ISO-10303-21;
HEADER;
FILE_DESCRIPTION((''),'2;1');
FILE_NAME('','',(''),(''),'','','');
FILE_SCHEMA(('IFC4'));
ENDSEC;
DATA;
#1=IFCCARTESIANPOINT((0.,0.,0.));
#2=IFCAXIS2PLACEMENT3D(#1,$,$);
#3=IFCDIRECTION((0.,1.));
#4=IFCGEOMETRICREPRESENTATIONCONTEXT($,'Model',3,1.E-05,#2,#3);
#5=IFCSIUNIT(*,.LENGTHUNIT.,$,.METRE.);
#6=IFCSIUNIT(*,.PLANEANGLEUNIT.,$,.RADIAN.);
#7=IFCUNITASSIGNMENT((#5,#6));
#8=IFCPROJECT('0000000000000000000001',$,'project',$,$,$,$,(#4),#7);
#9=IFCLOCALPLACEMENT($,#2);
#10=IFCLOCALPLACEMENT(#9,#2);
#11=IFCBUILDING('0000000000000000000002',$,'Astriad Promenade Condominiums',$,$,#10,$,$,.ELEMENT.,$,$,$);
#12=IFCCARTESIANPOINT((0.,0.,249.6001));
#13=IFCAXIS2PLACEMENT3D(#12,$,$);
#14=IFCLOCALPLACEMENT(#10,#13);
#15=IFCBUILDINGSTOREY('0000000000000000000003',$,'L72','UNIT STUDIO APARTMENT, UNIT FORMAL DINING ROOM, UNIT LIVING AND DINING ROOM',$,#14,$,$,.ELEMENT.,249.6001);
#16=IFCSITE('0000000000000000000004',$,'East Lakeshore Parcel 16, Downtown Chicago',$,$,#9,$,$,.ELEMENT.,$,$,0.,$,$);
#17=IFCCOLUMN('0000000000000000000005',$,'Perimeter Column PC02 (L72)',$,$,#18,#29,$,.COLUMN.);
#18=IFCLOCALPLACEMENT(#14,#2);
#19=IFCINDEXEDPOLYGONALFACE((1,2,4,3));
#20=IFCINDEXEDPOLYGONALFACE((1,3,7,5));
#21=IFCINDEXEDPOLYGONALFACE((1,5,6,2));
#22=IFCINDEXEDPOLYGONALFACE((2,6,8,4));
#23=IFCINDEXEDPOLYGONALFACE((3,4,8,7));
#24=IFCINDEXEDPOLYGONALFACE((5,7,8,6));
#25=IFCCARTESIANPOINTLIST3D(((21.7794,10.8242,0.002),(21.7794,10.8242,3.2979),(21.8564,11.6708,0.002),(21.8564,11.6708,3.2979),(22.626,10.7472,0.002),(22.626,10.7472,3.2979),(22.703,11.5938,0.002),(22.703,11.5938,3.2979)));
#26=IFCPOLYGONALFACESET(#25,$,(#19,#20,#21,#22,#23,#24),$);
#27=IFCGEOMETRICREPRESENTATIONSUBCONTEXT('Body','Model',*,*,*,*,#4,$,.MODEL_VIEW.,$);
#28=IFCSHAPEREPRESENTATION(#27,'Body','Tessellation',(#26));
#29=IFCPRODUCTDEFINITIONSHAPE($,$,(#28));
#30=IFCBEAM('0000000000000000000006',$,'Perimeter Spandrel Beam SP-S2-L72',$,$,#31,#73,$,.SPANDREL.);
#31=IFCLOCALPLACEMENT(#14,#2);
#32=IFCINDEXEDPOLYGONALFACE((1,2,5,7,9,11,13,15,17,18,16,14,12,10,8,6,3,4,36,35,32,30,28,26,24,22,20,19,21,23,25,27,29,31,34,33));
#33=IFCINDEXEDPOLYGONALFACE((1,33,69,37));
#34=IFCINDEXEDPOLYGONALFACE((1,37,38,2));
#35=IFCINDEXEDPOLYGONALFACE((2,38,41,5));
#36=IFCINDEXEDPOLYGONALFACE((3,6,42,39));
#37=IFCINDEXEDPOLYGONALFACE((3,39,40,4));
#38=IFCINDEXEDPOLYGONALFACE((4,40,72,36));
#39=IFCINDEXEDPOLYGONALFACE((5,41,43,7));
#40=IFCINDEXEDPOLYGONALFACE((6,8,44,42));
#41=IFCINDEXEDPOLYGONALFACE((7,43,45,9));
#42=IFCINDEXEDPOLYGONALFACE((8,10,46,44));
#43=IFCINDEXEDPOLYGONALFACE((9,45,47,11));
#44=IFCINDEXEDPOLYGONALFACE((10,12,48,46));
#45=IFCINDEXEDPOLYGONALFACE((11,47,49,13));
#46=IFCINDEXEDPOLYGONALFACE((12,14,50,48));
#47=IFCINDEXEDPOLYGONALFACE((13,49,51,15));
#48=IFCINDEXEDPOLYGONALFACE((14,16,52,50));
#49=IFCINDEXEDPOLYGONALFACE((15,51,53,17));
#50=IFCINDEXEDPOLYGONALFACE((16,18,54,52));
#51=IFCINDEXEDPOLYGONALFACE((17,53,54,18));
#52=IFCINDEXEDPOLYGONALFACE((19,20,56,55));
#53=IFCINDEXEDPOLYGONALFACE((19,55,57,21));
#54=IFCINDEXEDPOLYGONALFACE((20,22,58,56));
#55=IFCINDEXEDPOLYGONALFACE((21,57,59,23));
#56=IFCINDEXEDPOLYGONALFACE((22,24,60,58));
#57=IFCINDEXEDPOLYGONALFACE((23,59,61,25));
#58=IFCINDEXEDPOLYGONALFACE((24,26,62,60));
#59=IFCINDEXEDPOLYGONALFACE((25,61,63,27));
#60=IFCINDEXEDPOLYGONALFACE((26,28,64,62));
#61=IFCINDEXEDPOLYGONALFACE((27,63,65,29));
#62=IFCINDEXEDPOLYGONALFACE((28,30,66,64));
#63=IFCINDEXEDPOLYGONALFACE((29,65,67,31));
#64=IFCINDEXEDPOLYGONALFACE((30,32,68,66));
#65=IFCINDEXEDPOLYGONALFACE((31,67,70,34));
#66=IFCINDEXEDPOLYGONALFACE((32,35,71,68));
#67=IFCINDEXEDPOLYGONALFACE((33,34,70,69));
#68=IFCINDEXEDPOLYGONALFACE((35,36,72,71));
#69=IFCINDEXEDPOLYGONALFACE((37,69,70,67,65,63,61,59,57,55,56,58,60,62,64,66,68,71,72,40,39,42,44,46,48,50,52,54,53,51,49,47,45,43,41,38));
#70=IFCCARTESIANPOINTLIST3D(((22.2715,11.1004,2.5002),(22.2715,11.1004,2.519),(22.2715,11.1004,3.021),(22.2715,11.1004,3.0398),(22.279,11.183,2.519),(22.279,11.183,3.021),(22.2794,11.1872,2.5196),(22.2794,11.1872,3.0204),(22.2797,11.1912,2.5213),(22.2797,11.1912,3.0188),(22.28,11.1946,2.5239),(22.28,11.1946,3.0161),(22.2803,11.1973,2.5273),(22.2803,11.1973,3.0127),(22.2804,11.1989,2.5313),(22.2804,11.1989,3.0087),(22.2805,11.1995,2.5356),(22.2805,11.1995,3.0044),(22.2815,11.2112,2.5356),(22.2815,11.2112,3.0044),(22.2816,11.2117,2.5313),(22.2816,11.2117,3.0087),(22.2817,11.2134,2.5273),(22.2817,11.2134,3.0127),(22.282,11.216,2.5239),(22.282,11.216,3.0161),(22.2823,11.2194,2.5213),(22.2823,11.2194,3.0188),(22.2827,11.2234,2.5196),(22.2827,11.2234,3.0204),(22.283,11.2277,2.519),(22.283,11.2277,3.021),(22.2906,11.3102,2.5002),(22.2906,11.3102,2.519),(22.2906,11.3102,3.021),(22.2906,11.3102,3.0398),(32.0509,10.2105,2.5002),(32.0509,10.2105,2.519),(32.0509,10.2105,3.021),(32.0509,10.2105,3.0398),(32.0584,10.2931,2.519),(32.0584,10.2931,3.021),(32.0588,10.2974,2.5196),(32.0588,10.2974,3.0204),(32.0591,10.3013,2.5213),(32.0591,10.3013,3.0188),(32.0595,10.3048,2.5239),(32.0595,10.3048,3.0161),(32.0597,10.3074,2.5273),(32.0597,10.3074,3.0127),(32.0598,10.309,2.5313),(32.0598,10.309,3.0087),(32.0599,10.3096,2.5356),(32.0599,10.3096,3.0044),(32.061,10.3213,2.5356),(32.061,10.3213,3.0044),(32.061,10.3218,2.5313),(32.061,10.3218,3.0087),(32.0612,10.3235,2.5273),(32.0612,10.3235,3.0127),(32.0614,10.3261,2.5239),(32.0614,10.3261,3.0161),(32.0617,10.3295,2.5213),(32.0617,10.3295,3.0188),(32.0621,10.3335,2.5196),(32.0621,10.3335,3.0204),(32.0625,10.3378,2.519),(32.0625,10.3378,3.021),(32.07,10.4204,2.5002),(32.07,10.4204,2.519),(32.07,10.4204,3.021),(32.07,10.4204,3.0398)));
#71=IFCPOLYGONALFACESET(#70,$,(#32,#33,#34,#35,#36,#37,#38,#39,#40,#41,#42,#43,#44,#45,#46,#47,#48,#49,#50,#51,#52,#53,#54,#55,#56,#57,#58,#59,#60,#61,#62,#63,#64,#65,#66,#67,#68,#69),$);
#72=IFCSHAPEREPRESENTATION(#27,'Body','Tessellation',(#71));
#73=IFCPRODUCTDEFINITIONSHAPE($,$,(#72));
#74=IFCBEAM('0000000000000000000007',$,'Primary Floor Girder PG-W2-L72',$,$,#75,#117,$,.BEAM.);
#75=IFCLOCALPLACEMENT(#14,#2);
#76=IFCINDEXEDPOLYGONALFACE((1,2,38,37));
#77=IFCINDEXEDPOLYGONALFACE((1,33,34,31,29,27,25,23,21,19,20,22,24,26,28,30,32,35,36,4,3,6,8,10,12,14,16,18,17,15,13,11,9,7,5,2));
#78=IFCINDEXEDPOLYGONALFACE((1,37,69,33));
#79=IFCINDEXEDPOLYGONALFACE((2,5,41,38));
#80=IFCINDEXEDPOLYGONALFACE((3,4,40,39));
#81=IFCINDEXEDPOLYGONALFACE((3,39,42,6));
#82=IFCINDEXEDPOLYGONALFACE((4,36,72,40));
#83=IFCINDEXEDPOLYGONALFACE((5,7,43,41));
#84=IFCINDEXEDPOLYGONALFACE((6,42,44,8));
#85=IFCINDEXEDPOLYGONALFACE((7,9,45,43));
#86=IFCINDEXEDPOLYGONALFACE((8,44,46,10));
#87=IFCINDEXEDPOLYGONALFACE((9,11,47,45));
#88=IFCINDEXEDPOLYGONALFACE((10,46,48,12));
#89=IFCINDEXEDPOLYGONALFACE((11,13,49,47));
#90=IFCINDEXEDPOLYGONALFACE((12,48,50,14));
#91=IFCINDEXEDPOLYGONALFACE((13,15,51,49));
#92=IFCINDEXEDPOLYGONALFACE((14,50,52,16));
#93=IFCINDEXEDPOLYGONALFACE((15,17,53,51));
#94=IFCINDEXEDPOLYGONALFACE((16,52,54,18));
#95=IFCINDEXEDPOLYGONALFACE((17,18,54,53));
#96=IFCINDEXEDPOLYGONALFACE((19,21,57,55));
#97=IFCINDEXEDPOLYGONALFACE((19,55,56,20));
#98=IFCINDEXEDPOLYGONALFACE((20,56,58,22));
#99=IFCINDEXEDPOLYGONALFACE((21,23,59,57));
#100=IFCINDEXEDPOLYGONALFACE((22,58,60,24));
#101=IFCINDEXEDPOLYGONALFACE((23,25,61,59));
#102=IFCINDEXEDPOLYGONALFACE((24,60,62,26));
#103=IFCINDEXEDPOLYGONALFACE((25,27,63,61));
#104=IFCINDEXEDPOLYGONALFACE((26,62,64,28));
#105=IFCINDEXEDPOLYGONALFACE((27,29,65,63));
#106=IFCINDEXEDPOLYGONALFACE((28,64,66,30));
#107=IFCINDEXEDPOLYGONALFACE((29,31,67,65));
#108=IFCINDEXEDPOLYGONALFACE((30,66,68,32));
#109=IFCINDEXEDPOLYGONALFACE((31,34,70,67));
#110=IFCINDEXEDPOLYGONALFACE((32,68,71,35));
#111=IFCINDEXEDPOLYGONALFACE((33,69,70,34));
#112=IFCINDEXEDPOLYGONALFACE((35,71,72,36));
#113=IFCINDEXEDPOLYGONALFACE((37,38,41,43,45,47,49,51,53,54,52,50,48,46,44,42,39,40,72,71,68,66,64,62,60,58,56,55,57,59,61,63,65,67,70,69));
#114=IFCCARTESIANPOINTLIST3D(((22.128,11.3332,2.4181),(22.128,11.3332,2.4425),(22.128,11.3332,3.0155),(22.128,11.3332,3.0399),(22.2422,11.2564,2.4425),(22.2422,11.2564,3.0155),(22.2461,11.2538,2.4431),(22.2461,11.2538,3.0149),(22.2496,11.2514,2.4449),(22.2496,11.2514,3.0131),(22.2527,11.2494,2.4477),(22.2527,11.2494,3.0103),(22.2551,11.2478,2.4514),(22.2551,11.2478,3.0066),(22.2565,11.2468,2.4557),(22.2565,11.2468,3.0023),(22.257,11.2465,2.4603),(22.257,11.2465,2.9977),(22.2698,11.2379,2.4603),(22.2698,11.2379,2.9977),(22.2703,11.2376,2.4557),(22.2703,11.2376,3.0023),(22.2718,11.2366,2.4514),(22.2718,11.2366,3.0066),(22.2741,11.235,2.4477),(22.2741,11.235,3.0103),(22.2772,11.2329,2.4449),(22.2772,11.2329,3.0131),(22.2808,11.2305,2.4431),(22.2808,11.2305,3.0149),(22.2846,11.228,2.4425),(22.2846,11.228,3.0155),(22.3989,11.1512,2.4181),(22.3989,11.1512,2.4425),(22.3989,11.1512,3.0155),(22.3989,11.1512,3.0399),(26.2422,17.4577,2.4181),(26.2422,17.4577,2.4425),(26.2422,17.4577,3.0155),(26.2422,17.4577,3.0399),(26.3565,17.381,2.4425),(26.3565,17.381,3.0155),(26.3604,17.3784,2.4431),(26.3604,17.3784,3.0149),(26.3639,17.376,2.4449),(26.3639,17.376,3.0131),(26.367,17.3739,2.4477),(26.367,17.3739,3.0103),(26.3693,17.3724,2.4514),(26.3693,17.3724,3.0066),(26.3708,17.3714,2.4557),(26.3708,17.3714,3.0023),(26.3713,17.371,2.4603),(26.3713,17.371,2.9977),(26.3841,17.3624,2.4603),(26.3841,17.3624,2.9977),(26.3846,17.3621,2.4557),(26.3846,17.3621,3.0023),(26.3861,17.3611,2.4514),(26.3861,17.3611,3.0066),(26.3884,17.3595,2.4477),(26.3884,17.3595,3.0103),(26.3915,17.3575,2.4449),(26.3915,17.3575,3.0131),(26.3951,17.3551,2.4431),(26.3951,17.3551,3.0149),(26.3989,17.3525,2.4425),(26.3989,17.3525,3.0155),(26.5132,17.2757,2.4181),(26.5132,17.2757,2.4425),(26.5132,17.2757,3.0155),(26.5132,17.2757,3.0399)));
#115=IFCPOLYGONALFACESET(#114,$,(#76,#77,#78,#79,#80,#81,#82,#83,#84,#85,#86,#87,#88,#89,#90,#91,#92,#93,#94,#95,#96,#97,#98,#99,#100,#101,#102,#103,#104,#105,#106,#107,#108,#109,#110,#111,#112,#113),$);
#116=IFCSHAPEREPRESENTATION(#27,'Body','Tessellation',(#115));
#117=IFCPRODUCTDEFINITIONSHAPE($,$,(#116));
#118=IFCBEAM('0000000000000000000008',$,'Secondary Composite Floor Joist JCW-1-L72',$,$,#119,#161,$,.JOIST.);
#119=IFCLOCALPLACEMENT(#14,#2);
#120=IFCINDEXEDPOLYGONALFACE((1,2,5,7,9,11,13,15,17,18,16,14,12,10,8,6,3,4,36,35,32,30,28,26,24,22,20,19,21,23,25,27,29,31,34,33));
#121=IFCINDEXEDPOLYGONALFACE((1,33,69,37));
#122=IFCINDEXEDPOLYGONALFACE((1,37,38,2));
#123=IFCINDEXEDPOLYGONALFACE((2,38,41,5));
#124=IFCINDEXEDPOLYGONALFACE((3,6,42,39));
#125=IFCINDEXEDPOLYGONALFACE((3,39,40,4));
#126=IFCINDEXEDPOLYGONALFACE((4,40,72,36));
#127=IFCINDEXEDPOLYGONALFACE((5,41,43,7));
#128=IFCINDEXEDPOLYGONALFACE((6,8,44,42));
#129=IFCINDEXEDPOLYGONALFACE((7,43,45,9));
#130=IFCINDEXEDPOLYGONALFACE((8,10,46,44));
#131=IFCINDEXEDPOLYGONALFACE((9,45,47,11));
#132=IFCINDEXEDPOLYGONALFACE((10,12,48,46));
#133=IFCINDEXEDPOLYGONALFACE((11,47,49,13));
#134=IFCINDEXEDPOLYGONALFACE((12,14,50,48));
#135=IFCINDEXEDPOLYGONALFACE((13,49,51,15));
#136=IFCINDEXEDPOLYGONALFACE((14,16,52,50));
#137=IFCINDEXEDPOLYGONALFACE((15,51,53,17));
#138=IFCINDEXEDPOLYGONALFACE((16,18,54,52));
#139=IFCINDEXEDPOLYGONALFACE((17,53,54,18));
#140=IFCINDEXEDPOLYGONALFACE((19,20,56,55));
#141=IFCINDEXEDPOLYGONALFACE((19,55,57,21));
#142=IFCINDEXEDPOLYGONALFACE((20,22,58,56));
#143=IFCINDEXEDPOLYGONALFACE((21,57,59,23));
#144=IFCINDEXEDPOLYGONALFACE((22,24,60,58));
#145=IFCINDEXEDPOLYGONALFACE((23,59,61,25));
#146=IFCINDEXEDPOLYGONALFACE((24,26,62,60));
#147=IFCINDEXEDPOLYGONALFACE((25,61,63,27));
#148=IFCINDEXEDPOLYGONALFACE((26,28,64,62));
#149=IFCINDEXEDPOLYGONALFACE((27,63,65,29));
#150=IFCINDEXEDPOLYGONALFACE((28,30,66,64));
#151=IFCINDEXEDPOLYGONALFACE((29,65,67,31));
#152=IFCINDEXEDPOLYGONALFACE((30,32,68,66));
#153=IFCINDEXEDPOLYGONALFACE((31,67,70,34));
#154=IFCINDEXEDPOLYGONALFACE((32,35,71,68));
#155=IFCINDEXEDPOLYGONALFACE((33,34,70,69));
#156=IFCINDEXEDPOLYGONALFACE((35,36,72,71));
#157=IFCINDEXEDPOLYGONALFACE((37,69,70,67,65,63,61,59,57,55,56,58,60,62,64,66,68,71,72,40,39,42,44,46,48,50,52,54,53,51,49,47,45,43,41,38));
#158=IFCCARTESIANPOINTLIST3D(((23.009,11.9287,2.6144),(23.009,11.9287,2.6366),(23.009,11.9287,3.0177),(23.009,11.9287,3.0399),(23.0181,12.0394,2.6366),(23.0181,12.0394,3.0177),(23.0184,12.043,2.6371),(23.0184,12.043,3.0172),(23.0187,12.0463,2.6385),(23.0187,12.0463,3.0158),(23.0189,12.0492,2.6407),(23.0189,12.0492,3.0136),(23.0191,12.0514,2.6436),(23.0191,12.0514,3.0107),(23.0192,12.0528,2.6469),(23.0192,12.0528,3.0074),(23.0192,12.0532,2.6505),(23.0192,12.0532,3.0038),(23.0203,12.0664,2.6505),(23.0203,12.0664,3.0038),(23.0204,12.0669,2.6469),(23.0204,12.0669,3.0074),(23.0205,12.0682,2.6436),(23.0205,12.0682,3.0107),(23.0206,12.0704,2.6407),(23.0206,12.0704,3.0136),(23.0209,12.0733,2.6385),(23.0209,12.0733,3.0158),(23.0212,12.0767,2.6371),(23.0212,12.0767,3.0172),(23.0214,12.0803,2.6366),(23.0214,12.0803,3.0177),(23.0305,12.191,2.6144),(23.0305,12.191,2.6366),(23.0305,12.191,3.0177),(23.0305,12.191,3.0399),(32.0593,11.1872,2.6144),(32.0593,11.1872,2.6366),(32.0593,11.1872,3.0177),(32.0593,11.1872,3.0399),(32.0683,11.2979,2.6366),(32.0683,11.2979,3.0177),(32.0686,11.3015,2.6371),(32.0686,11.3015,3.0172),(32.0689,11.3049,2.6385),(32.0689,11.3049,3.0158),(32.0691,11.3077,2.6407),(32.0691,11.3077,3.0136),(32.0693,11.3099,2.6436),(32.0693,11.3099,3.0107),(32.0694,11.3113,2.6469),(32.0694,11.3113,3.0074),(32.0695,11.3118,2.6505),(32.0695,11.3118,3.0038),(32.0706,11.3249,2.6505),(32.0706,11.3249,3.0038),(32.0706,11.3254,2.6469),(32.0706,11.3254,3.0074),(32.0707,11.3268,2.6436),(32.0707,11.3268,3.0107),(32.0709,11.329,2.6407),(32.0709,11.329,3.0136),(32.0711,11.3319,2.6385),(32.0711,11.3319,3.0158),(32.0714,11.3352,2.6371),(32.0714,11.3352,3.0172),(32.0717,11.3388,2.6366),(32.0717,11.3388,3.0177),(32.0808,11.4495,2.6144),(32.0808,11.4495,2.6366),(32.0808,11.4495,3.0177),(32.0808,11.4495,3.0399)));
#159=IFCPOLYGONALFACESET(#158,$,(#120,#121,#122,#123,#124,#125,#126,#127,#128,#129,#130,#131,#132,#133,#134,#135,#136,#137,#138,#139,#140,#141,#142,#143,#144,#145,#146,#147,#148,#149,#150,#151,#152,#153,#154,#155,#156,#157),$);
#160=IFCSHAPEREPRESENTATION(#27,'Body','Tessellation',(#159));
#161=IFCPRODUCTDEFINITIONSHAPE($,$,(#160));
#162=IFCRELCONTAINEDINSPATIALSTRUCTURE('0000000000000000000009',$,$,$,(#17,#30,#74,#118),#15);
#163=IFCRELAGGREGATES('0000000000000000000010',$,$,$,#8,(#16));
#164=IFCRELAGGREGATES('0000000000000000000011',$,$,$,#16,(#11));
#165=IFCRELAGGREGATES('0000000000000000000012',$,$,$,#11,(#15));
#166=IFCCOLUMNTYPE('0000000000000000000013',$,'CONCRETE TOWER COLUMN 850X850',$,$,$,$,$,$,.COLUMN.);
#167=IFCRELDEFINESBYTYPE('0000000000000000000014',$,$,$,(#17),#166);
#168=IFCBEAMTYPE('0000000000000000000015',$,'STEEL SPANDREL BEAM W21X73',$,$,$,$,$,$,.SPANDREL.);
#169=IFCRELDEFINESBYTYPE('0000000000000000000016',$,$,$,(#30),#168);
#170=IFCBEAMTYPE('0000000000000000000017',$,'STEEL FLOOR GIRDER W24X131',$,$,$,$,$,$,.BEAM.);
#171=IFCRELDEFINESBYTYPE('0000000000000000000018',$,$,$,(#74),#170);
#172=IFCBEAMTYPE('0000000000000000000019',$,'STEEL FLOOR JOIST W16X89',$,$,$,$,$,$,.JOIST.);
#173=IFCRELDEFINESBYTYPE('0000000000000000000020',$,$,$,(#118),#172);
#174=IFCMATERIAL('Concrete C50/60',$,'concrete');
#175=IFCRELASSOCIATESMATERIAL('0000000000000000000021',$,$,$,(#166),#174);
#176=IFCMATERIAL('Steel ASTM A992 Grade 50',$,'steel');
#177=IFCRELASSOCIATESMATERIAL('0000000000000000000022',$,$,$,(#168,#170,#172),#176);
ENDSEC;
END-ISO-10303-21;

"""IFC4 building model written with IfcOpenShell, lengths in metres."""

from ifc_helpers import new_model, si_unit, direction, frame, origin, origin_2d, place, context, subcontext, project, spatial, rectangle, i_section, extrude, source, transform, mapped, material, material_profile, profile_set, type_object, type_shapes, element, save


model = new_model("IFC4")

# Units and contexts
model_context = context("Model", 3, precision=1e-05, world=origin(), true_north=direction((0.0, 1.0)))
body_context = subcontext(model_context, "Body", "Model", "MODEL_VIEW")
ifc_project = project(units=[si_unit("LENGTHUNIT", "METRE"), si_unit("PLANEANGLEUNIT", "RADIAN")], contexts=[model_context])

# Site, building, storey
site_placement = place(None, origin())
site = spatial("IfcSite", under=ifc_project, at=site_placement, Name="East Lakeshore Parcel 16, Downtown Chicago", CompositionType="ELEMENT", RefElevation=0.0)
building_placement = place(site_placement, origin())
building = spatial("IfcBuilding", under=site, at=building_placement, Name="Astriad Promenade Condominiums", CompositionType="ELEMENT")
storey_placement = place(building_placement, frame((0.0, 0.0, 249.6001)))
storey = spatial("IfcBuildingStorey", under=building, at=storey_placement, Name="L72", Description="UNIT STUDIO APARTMENT, UNIT FORMAL DINING ROOM, UNIT LIVING AND DINING ROOM", CompositionType="ELEMENT", Elevation=249.6001)

# Column
ifc_material_1 = material(Name="Concrete C50/60", Category="concrete")
ifc_material_profile_1 = material_profile(ifc_material_1, rectangle(XDim=0.8501, YDim=0.8501, at=origin_2d()), Name="RC-COL-850X850")
ifc_profile_set_1 = profile_set([ifc_material_profile_1], Name="Concrete C50/60")
column_type = type_object("IfcColumnType", Name="CONCRETE TOWER COLUMN 850X850", PredefinedType="COLUMN", material=ifc_profile_set_1)
shared_shape_1 = source(origin(), body_context, "Body", "SweptSolid", [
    extrude(rectangle(XDim=0.8501, YDim=0.8501, at=origin_2d()), origin(), (0.0, 0.0, 1.0), 3.2959),
])
type_shapes(column_type, [shared_shape_1])
column_placement = place(storey_placement, frame((22.2412, 11.209, 0.002), z_axis=(0.0, 0.0, 1.0), x_axis=(0.995884, -0.090633, 0.0)))
element("IfcColumn", 1, at=column_placement, inside=storey, type_object=column_type, Name="Perimeter Column PC02 (L72)", PredefinedType="COLUMN", context=body_context, shape_type="MappedRepresentation", body=[
    mapped(shared_shape_1, transform((0.0, 0.0, 0.0), scale=1.0)),
])

# Beams
ifc_material_2 = material(Name="Steel ASTM A992 Grade 50", Category="steel")
ifc_material_profile_2 = material_profile(ifc_material_2, i_section(OverallWidth=0.2107, OverallDepth=0.5396, WebThickness=0.0117, FlangeThickness=0.0188, FilletRadius=0.0166, at=origin_2d()), Name="W21X73")
ifc_profile_set_2 = profile_set([ifc_material_profile_2], Name="Steel ASTM A992 Grade 50")
beam_type_1 = type_object("IfcBeamType", Name="STEEL SPANDREL BEAM W21X73", PredefinedType="SPANDREL", material=ifc_profile_set_2)
shared_shape_2 = source(origin(), body_context, "Body", "SweptSolid", [
    extrude(i_section(OverallWidth=0.2107, OverallDepth=0.5396, WebThickness=0.0117, FlangeThickness=0.0188, FilletRadius=0.0166, at=origin_2d()), origin(), (0.0, 0.0, 1.0), 9.8198),
])
type_shapes(beam_type_1, [shared_shape_2])
beam_1_placement = place(storey_placement, frame((22.281, 11.2053, 2.77), z_axis=(0.995885, -0.090621, 0.0), x_axis=(0.090621, 0.995885, 0.0)))
element("IfcBeam", 2, at=beam_1_placement, inside=storey, type_object=beam_type_1, Name="Perimeter Spandrel Beam SP-S2-L72", PredefinedType="SPANDREL", context=body_context, shape_type="MappedRepresentation", body=[
    mapped(shared_shape_2, transform((0.0, 0.0, 0.0), scale=1.0)),
])
ifc_material_profile_3 = material_profile(ifc_material_2, i_section(OverallWidth=0.3264, OverallDepth=0.6218, WebThickness=0.0154, FlangeThickness=0.0244, FilletRadius=0.0178, at=origin_2d()), Name="W24X131")
ifc_profile_set_3 = profile_set([ifc_material_profile_3], Name="Steel ASTM A992 Grade 50")
beam_type_2 = type_object("IfcBeamType", Name="STEEL FLOOR GIRDER W24X131", PredefinedType="BEAM", material=ifc_profile_set_3)
shared_shape_3 = source(origin(), body_context, "Body", "SweptSolid", [
    extrude(i_section(OverallWidth=0.3264, OverallDepth=0.6218, WebThickness=0.0154, FlangeThickness=0.0244, FilletRadius=0.0178, at=origin_2d()), origin(), (0.0, 0.0, 1.0), 7.3782),
])
type_shapes(beam_type_2, [shared_shape_3])
beam_2_placement = place(storey_placement, frame((22.2634, 11.2422, 2.729), z_axis=(0.557629, 0.83009, 0.0), x_axis=(-0.83009, 0.557629, 0.0)))
element("IfcBeam", 3, at=beam_2_placement, inside=storey, type_object=beam_type_2, Name="Primary Floor Girder PG-W2-L72", PredefinedType="BEAM", context=body_context, shape_type="MappedRepresentation", body=[
    mapped(shared_shape_3, transform((0.0, 0.0, 0.0), scale=1.0)),
])
ifc_material_profile_4 = material_profile(ifc_material_2, i_section(OverallWidth=0.2632, OverallDepth=0.4255, WebThickness=0.0132, FlangeThickness=0.0222, FilletRadius=0.0139, at=origin_2d()), Name="W16X89")
ifc_profile_set_4 = profile_set([ifc_material_profile_4], Name="Steel ASTM A992 Grade 50")
beam_type_3 = type_object("IfcBeamType", Name="STEEL FLOOR JOIST W16X89", PredefinedType="JOIST", material=ifc_profile_set_4)
shared_shape_4 = source(origin(), body_context, "Body", "SweptSolid", [
    extrude(i_section(OverallWidth=0.2632, OverallDepth=0.4255, WebThickness=0.0132, FlangeThickness=0.0222, FilletRadius=0.0139, at=origin_2d()), origin(), (0.0, 0.0, 1.0), 9.0806),
])
beam_3_placement = place(storey_placement, frame((23.0198, 12.0598, 2.8271), z_axis=(0.996661, -0.081653, 0.0), x_axis=(0.081653, 0.996661, 0.0)))
element("IfcBeam", 4, at=beam_3_placement, inside=storey, type_object=beam_type_3, Name="Secondary Composite Floor Joist JCW-1-L72", PredefinedType="JOIST", context=body_context, shape_type="MappedRepresentation", body=[
    mapped(shared_shape_4, transform((0.0, 0.0, 0.0), scale=1.0)),
])

save(model, "model.ifc")
